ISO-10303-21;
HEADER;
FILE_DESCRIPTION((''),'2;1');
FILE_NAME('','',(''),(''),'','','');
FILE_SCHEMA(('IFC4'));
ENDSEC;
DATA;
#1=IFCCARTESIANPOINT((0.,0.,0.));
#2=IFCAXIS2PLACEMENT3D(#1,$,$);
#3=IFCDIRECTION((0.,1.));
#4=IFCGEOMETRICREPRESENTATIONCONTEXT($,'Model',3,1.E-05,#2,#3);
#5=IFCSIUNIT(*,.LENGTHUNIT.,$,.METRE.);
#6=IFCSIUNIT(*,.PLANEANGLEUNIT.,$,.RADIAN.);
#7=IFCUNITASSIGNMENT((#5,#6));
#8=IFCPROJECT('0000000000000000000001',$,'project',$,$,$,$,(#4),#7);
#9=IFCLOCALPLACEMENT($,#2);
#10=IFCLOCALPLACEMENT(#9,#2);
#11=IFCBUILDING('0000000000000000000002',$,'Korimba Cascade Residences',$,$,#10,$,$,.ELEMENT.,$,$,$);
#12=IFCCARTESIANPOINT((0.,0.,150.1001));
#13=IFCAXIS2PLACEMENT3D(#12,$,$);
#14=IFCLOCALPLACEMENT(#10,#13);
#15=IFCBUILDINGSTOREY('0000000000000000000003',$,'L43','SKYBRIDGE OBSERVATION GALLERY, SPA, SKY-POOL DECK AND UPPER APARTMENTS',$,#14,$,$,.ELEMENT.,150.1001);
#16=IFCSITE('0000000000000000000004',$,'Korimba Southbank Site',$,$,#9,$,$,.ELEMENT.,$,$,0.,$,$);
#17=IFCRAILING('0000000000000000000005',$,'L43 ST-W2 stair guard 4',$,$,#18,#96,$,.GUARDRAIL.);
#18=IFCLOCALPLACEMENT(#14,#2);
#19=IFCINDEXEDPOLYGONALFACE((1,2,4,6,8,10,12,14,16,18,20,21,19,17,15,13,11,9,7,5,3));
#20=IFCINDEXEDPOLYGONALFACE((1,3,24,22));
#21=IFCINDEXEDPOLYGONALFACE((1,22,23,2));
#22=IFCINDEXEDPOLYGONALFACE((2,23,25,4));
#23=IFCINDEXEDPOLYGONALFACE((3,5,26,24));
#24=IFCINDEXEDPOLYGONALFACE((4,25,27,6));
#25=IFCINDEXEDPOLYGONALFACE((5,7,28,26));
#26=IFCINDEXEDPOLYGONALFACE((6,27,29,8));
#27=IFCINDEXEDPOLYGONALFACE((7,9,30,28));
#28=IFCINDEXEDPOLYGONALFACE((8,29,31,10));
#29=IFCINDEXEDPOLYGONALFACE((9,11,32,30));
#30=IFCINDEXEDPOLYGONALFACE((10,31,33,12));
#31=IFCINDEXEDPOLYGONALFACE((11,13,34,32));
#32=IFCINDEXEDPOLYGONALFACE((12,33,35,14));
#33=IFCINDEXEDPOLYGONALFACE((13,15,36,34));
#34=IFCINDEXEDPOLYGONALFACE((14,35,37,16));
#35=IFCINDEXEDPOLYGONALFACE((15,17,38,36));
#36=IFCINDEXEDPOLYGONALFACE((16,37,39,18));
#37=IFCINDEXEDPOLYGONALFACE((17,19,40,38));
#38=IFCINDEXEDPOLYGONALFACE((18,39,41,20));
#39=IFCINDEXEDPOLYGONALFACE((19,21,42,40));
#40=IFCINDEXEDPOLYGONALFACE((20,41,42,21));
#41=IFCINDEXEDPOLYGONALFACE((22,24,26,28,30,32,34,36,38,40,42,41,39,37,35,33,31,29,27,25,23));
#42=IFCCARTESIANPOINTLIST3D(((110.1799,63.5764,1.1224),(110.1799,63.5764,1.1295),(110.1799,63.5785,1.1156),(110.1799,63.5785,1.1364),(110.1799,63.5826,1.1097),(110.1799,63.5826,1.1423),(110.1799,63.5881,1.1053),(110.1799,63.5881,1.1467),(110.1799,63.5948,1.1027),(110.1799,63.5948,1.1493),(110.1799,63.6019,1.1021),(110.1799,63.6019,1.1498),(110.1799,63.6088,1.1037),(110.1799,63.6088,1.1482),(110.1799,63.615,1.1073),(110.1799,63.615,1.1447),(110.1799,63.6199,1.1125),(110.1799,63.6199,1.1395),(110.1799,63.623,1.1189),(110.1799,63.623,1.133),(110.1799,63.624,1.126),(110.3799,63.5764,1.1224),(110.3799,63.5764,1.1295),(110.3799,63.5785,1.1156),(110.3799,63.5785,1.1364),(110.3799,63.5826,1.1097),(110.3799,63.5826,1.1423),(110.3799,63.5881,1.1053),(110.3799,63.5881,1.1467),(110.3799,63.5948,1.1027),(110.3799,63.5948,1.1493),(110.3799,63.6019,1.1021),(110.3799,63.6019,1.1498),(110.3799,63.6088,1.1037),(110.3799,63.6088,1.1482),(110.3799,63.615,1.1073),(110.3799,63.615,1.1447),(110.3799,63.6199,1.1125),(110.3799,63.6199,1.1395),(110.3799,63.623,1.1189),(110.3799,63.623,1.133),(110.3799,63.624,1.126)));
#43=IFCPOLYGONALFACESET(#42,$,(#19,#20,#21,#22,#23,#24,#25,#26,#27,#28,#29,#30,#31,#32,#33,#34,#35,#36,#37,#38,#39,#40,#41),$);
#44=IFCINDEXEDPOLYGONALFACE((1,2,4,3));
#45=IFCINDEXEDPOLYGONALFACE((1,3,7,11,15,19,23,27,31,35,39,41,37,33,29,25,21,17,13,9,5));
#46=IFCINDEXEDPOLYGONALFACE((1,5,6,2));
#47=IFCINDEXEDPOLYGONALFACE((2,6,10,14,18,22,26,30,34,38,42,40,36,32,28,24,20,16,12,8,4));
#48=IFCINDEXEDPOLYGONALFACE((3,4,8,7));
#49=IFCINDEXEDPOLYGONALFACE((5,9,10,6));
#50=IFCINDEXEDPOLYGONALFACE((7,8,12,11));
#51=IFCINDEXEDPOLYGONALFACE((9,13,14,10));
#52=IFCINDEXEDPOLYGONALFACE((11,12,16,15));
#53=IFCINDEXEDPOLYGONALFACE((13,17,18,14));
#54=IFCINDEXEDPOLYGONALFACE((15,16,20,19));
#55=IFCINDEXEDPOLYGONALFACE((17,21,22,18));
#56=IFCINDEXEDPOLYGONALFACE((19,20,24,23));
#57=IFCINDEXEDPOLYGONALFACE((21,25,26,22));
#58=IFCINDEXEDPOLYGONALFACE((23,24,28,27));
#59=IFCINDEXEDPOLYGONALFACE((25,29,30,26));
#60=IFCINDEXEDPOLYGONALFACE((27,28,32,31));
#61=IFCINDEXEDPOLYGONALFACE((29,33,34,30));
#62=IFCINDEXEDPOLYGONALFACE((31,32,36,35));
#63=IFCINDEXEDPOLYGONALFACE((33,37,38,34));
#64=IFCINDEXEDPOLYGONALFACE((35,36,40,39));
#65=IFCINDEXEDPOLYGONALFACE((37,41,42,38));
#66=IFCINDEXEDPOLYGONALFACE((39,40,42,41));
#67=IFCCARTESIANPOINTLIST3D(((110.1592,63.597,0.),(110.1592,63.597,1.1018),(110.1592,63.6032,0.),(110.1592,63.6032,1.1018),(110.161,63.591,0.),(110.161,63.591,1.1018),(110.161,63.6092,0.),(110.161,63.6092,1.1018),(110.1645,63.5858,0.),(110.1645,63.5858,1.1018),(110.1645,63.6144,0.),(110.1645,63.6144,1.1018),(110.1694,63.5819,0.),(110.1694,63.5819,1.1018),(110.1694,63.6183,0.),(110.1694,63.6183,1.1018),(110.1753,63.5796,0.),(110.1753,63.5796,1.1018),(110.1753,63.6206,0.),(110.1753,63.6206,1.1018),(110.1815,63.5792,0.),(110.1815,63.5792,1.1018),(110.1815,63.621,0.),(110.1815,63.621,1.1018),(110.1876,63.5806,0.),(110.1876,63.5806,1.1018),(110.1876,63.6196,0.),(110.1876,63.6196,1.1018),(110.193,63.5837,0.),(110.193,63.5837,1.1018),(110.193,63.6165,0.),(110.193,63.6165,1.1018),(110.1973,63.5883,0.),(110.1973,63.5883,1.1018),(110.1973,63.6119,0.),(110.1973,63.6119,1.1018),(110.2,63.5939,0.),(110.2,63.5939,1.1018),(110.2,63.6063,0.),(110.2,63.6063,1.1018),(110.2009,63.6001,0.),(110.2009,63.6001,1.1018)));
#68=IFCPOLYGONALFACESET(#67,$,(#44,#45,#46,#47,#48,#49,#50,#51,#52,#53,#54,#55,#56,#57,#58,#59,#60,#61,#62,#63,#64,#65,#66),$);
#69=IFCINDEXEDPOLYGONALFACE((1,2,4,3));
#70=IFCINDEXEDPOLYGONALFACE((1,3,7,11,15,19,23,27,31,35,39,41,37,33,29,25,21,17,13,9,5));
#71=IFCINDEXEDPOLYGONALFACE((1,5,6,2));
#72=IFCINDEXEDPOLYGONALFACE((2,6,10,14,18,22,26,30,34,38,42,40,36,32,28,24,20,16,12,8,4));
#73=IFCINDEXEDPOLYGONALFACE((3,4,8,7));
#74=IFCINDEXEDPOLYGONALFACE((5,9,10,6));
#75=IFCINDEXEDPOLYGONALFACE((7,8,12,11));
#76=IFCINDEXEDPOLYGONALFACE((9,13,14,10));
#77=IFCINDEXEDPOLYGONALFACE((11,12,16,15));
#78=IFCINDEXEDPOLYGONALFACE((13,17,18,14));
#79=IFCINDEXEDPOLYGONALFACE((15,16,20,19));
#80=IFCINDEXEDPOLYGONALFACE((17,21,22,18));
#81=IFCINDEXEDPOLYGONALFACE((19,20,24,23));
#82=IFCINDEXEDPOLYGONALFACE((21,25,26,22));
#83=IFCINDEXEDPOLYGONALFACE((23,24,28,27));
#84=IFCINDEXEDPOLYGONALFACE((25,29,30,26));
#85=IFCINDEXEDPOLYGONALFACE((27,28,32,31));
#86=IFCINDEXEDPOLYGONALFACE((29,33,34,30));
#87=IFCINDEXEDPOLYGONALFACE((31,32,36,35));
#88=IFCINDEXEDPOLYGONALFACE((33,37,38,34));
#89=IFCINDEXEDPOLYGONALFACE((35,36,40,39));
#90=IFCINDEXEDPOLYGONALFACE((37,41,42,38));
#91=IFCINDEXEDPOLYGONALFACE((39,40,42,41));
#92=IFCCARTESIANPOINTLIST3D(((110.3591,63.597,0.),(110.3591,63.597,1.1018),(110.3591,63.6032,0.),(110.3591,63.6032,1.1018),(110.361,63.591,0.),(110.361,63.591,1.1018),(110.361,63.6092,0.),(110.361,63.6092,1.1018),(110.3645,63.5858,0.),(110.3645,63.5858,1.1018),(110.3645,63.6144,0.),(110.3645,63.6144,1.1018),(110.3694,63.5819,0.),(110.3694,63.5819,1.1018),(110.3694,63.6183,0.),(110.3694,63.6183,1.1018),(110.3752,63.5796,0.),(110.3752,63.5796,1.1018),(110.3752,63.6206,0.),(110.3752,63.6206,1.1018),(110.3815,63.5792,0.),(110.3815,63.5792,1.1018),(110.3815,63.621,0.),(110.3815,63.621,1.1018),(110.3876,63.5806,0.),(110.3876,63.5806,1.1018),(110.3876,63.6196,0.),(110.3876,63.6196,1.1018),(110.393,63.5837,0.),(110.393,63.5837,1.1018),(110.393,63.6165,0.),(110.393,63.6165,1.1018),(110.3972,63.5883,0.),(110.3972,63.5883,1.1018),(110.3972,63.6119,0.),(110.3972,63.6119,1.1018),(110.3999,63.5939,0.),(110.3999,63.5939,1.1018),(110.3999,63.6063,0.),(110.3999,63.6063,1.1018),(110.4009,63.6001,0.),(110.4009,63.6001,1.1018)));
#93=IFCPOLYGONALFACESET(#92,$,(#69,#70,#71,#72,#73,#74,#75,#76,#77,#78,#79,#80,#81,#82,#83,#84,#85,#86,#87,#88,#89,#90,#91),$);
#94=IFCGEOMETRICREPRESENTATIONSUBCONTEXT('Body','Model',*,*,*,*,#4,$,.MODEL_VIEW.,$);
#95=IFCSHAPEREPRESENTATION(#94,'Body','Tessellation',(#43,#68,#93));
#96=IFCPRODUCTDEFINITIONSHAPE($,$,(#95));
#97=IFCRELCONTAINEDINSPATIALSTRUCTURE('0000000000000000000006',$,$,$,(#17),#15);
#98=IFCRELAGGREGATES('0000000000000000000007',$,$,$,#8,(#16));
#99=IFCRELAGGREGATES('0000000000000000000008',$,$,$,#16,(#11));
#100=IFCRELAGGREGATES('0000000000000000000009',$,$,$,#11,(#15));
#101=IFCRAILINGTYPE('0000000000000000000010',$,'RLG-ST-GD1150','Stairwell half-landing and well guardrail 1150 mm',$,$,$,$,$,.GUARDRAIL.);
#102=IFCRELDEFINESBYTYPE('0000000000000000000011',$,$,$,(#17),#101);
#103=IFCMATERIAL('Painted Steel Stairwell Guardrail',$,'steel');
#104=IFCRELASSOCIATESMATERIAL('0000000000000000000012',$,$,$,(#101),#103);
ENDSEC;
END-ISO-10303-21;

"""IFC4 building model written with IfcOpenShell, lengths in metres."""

from ifc_helpers import new_model, si_unit, direction, frame, origin, origin_2d, place, context, subcontext, project, spatial, circle, extrude, material, type_object, element, save


model = new_model("IFC4")

# Units and contexts
model_context = context("Model", 3, precision=1e-05, world=origin(), true_north=direction((0.0, 1.0)))
body_context = subcontext(model_context, "Body", "Model", "MODEL_VIEW")
ifc_project = project(units=[si_unit("LENGTHUNIT", "METRE"), si_unit("PLANEANGLEUNIT", "RADIAN")], contexts=[model_context])

# Site, building, storey
site_placement = place(None, origin())
site = spatial("IfcSite", under=ifc_project, at=site_placement, Name="Korimba Southbank Site", CompositionType="ELEMENT", RefElevation=0.0)
building_placement = place(site_placement, origin())
building = spatial("IfcBuilding", under=site, at=building_placement, Name="Korimba Cascade Residences", CompositionType="ELEMENT")
storey_placement = place(building_placement, frame((0.0, 0.0, 150.1001)))
storey = spatial("IfcBuildingStorey", under=building, at=storey_placement, Name="L43", Description="SKYBRIDGE OBSERVATION GALLERY, SPA, SKY-POOL DECK AND UPPER APARTMENTS", CompositionType="ELEMENT", Elevation=150.1001)

# Railing
ifc_material_1 = material(Name="Painted Steel Stairwell Guardrail", Category="steel")
railing_type_1 = type_object("IfcRailingType", Name="RLG-ST-GD1150", Description="Stairwell half-landing and well guardrail 1150 mm", PredefinedType="GUARDRAIL", material=ifc_material_1)
railing_1_placement = place(storey_placement, frame((110.1799, 63.6001, 0.0)))
element("IfcRailing", 1, at=railing_1_placement, inside=storey, type_object=railing_type_1, Name="L43 ST-W2 stair guard 4", PredefinedType="GUARDRAIL", context=body_context, shape_type="SweptSolid", body=[
    extrude(circle(Radius=0.0239, at=origin_2d()), frame((0.0, 0.0, 1.126), z_axis=(1.0, 0.0, 0.0), x_axis=(0.0, 1.0, 0.0)), (0.0, 0.0, 1.0), 0.2),
    extrude(circle(Radius=0.021, at=origin_2d()), origin(), (0.0, 0.0, 1.0), 1.1018),
    extrude(circle(Radius=0.021, at=origin_2d()), frame((0.2, 0.0, 0.0)), (0.0, 0.0, 1.0), 1.1018),
])

save(model, "model.ifc")
